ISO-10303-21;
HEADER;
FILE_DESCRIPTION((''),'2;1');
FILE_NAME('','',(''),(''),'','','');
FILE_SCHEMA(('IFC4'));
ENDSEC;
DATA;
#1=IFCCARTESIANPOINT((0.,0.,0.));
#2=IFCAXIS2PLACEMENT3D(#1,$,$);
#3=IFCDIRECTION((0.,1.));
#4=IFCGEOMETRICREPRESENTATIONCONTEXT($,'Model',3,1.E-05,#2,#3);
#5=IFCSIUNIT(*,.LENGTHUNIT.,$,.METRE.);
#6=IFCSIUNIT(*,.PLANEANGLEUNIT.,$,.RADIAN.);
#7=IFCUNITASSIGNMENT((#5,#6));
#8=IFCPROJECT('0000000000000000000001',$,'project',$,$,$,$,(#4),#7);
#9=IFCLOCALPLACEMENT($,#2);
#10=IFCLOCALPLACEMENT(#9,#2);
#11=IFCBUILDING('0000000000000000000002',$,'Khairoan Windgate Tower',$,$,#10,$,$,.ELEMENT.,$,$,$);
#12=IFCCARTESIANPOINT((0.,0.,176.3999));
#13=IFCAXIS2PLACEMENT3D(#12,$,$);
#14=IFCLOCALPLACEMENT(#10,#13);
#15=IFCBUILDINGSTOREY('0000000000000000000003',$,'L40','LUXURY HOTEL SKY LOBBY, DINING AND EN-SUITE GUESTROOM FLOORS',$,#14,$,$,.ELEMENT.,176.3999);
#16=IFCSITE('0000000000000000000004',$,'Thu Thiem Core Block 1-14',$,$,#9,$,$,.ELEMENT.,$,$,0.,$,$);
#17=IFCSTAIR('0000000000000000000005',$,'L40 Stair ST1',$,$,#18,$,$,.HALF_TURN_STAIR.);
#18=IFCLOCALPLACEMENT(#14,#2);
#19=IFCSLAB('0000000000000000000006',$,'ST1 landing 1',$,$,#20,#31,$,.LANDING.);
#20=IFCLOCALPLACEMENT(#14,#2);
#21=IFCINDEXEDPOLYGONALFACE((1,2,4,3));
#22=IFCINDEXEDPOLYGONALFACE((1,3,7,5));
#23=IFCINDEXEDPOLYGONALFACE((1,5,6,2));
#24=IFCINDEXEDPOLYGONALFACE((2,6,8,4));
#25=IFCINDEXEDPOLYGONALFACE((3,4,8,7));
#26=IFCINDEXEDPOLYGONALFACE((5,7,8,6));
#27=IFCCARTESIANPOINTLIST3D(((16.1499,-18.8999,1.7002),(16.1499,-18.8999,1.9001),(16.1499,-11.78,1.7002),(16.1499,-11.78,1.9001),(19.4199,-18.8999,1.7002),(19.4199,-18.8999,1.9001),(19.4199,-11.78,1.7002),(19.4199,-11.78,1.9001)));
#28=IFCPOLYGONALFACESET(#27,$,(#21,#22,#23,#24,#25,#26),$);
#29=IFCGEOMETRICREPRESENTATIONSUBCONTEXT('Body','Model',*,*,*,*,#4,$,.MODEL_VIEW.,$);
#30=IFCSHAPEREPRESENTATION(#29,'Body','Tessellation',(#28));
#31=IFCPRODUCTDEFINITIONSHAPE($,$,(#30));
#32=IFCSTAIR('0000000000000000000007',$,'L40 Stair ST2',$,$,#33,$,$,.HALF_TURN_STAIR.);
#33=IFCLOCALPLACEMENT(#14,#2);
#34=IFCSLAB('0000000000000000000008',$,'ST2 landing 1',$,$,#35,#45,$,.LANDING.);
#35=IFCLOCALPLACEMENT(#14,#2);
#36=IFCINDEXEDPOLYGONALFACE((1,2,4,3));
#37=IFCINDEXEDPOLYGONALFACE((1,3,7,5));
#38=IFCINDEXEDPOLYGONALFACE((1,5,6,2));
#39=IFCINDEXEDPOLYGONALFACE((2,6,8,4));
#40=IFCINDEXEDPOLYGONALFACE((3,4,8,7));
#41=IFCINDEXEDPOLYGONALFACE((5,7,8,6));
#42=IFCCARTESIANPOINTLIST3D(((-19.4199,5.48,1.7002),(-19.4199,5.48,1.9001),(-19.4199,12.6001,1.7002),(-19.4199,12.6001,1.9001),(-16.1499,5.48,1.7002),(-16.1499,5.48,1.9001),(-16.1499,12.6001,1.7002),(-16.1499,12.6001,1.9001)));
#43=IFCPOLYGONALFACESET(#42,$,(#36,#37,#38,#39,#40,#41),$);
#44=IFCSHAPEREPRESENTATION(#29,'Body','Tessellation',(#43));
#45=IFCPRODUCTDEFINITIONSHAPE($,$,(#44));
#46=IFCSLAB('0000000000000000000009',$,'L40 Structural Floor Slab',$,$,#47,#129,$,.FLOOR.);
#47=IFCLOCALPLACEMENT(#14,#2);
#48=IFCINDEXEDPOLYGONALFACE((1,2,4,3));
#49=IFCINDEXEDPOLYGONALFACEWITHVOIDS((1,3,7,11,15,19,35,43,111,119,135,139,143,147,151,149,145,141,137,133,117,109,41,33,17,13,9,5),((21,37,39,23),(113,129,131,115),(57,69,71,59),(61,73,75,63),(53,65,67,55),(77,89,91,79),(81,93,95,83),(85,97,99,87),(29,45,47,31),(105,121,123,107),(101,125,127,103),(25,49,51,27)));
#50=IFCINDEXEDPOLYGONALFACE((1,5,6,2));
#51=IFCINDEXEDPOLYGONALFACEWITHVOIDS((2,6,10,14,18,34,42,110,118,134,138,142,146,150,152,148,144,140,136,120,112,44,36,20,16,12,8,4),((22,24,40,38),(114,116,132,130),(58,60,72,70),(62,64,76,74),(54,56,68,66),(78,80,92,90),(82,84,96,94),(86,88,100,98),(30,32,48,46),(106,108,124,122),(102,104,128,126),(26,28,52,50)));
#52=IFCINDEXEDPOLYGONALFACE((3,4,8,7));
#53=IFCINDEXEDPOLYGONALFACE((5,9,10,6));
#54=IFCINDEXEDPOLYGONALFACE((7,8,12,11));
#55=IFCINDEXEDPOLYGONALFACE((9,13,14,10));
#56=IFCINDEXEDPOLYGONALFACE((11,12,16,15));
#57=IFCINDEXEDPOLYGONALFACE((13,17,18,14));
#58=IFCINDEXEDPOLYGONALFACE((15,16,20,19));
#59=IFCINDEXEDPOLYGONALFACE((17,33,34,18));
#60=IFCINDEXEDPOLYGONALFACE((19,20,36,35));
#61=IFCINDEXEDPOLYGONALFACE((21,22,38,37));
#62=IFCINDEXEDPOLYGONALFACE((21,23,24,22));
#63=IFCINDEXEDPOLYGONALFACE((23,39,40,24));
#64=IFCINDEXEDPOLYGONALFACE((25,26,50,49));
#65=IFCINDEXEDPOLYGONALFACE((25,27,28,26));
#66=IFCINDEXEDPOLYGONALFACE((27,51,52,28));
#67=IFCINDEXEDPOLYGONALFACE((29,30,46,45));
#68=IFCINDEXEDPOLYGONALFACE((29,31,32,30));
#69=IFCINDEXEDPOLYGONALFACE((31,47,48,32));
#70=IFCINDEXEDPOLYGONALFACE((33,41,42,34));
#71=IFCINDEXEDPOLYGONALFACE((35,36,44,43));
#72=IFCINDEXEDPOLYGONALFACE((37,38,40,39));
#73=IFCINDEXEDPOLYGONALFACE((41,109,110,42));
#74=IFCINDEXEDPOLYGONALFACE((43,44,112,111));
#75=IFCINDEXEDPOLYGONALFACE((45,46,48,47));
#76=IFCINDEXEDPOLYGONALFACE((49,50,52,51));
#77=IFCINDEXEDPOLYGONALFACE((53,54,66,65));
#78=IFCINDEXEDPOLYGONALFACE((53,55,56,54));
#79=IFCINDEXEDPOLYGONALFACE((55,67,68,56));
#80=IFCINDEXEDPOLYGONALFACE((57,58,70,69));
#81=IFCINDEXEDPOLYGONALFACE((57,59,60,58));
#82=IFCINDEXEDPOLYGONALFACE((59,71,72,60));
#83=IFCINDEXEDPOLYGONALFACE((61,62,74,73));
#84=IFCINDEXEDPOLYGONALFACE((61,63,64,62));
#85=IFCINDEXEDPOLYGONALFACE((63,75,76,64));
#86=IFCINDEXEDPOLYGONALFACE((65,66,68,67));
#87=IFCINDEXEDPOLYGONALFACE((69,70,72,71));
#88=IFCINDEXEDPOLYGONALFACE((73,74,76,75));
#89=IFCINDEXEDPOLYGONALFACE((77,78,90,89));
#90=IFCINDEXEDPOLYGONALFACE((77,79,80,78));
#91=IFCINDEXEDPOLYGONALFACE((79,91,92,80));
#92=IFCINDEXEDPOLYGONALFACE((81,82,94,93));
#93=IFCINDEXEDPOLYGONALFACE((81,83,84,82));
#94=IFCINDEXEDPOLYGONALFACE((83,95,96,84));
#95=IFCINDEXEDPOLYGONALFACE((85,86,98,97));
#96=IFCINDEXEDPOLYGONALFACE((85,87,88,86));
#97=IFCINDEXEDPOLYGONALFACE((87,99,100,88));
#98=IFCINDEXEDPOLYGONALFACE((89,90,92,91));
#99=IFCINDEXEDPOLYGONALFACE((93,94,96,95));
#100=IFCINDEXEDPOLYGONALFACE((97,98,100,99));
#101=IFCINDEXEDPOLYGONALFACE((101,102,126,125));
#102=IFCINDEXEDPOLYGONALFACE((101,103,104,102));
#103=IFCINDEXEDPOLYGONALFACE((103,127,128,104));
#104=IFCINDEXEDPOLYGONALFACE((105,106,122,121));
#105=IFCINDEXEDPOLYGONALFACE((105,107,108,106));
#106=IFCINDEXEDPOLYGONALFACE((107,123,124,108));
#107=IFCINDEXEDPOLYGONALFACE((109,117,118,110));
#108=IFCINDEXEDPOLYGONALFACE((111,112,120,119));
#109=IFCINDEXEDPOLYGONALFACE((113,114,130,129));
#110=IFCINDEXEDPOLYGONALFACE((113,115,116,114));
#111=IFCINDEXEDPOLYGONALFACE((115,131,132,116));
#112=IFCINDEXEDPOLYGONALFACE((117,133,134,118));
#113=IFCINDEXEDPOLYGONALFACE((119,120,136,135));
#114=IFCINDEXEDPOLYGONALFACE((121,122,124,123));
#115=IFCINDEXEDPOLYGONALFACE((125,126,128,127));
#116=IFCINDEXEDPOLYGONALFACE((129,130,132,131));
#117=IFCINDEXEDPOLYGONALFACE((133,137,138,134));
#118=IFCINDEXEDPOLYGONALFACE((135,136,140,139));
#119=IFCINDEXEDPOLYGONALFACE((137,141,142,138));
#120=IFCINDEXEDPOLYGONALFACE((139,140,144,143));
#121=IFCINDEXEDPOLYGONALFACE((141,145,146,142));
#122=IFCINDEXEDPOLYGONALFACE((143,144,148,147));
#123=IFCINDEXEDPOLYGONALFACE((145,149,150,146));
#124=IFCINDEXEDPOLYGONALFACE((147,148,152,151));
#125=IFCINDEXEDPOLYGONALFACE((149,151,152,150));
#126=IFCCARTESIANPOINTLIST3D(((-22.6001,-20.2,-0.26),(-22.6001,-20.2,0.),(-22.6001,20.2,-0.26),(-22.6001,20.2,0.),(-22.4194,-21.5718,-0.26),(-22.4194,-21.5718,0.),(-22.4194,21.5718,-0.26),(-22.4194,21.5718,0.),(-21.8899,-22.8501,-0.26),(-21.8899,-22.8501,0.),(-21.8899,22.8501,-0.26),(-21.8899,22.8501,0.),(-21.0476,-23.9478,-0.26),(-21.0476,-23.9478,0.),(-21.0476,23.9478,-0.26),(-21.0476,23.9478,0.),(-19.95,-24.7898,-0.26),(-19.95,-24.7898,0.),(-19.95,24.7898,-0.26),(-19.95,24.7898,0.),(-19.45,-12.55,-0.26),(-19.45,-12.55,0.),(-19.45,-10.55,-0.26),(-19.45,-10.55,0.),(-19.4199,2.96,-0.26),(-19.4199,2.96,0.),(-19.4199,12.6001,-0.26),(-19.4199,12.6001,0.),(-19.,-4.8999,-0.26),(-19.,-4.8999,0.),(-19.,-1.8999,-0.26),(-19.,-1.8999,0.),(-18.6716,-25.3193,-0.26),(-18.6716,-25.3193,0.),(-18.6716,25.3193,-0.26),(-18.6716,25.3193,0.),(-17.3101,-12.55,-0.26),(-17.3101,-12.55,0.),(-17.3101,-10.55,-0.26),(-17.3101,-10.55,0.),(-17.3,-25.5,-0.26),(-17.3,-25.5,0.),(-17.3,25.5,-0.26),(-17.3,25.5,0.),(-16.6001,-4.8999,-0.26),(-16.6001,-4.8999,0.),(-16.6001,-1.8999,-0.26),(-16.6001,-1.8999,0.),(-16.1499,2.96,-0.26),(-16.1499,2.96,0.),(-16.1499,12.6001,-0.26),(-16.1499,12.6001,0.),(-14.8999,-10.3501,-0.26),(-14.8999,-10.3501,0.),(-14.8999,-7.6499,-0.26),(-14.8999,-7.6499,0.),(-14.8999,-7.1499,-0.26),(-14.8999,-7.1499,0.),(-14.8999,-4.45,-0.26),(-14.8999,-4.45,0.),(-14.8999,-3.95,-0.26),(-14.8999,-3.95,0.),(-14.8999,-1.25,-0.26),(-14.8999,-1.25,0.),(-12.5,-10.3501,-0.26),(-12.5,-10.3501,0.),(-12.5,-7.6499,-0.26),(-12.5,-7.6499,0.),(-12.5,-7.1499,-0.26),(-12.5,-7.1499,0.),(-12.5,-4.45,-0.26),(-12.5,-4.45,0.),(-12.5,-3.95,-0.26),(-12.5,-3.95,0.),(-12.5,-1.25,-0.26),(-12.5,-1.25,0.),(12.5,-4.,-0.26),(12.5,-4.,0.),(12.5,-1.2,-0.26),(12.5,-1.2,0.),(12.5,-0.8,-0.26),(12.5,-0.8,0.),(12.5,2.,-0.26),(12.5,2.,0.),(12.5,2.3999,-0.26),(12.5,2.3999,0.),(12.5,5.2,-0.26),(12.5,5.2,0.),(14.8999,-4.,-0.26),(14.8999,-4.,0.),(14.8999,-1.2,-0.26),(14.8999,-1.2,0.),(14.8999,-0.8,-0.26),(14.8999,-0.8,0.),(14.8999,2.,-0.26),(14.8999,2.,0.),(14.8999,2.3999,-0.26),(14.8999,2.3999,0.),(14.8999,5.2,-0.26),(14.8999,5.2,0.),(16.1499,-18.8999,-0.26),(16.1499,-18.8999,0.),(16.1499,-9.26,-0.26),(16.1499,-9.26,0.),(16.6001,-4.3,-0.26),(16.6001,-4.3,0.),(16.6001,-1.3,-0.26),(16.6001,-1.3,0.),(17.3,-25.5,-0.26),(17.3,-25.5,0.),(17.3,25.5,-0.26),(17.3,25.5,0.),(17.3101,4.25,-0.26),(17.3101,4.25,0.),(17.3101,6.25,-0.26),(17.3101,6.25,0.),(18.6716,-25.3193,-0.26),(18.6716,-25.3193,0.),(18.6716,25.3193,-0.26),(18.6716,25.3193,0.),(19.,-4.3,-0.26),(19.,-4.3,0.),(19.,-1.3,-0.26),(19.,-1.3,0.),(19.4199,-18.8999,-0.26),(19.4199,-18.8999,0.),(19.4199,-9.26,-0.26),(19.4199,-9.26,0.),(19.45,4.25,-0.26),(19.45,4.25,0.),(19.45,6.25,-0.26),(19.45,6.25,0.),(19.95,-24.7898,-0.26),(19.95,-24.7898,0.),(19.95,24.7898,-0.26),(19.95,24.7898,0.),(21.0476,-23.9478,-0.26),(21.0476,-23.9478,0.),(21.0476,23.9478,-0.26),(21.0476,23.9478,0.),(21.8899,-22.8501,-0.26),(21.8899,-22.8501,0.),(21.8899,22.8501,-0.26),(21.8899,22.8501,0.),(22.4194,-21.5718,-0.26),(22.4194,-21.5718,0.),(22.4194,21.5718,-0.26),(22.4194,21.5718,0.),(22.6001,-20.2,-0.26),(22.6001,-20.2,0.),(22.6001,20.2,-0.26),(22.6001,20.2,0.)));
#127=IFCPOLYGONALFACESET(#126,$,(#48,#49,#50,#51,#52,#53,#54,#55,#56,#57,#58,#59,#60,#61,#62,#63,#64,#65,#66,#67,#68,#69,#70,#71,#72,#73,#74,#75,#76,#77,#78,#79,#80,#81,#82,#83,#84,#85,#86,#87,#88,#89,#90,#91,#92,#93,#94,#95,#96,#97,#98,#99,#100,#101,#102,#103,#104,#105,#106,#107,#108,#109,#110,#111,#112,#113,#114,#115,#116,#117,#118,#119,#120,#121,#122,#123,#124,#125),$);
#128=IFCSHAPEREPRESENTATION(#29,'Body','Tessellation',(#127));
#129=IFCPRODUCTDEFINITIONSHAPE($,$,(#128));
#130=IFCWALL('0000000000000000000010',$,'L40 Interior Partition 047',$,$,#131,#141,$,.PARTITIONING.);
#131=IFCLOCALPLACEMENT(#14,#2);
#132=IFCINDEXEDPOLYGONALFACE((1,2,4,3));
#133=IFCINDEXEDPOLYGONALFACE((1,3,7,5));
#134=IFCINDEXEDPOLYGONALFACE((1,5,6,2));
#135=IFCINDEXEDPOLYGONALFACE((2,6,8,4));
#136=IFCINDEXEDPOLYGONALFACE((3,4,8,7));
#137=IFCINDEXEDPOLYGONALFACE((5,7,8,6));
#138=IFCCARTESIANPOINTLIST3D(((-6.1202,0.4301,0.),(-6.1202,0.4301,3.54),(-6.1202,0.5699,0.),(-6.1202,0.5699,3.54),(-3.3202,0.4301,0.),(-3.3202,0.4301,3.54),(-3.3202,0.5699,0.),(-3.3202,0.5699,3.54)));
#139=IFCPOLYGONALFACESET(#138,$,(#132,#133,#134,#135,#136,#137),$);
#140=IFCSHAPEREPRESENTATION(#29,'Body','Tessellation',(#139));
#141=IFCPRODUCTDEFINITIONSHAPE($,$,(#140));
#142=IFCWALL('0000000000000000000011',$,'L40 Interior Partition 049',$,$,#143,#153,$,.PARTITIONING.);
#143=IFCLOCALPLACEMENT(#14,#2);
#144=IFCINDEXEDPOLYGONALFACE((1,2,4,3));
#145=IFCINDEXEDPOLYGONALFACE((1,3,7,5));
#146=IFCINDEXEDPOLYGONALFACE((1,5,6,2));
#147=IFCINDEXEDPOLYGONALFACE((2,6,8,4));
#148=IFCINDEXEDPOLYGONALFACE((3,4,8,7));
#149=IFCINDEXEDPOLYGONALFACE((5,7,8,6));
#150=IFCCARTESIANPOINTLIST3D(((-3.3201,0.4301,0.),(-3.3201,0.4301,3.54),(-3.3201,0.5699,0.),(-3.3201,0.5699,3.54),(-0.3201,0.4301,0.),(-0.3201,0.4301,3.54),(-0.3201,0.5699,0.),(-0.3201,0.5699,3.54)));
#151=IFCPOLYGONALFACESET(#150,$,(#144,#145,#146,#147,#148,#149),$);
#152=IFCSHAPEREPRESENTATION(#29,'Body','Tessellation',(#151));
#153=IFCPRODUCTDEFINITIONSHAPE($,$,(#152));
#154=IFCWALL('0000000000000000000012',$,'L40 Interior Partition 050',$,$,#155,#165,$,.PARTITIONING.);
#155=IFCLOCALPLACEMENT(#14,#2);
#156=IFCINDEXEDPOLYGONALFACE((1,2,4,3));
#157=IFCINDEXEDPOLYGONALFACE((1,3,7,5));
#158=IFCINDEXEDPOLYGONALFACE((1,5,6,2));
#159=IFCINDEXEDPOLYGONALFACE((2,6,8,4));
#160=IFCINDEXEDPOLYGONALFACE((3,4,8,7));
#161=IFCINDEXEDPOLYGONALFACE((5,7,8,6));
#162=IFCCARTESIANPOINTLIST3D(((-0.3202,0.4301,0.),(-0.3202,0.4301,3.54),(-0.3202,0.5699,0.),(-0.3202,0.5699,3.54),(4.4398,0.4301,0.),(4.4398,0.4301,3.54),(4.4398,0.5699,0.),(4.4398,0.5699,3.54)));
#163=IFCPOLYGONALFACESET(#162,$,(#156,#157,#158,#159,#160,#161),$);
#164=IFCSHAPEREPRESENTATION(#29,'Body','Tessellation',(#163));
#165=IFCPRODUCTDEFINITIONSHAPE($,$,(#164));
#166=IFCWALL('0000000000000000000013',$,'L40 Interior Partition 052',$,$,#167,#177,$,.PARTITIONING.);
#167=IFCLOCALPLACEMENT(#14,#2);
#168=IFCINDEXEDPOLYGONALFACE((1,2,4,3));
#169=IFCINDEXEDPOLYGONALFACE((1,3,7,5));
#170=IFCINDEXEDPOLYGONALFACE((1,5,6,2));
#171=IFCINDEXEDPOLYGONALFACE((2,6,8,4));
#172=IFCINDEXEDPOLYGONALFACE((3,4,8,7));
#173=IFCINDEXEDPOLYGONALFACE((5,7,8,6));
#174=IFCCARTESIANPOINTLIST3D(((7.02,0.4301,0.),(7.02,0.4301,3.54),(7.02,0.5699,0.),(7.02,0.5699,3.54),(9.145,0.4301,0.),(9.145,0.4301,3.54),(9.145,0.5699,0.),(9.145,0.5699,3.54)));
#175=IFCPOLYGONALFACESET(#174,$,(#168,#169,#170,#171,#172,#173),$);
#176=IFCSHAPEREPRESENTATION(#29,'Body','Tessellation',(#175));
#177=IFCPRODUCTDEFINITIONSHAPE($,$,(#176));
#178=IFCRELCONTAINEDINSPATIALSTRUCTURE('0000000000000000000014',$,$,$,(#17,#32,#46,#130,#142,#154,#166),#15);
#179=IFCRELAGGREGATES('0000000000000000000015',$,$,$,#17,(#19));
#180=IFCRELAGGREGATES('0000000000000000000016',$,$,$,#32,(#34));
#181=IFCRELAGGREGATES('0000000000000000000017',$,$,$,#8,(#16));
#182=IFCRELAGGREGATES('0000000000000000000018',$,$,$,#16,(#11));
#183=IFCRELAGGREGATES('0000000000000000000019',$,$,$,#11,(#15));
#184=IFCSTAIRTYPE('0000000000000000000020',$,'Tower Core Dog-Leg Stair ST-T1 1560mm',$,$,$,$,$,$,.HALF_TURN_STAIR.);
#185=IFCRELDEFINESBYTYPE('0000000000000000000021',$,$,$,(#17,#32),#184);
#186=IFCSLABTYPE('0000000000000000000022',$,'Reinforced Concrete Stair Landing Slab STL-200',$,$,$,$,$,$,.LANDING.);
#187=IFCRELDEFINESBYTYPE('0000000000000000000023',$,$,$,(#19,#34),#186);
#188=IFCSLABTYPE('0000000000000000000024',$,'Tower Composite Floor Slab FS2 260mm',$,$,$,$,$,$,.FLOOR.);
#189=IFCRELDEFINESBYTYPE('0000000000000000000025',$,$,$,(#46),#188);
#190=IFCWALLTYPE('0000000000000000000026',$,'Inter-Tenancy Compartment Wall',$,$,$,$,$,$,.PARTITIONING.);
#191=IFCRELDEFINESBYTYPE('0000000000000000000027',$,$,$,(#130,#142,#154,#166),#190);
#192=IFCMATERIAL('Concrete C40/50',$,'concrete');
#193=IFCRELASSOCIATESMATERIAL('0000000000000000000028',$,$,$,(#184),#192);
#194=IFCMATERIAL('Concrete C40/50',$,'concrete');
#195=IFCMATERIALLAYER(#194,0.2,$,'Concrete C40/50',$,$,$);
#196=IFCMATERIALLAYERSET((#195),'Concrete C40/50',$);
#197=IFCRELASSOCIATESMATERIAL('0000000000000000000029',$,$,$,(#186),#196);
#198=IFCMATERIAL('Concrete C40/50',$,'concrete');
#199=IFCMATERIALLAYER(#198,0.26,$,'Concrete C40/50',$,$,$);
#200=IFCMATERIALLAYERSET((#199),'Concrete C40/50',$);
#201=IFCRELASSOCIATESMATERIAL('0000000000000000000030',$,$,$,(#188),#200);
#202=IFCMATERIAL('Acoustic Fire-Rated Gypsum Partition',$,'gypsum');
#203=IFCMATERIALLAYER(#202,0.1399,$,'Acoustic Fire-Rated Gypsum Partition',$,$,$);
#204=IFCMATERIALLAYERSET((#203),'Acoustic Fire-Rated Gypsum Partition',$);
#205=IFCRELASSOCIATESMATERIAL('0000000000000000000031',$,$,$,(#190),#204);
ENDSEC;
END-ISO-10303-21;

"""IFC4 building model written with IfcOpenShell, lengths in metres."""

from ifc_helpers import new_model, si_unit, direction, frame, frame_2d, origin, place, context, subcontext, project, spatial, polyline, rectangle, outline, extrude, material, layer, layer_set, type_object, element, aggregate, save


model = new_model("IFC4")

# Units and contexts
model_context = context("Model", 3, precision=1e-05, world=origin(), true_north=direction((0.0, 1.0)))
body_context = subcontext(model_context, "Body", "Model", "MODEL_VIEW")
ifc_project = project(units=[si_unit("LENGTHUNIT", "METRE"), si_unit("PLANEANGLEUNIT", "RADIAN")], contexts=[model_context])

# Site, building, storey
site_placement = place(None, origin())
site = spatial("IfcSite", under=ifc_project, at=site_placement, Name="Thu Thiem Core Block 1-14", CompositionType="ELEMENT", RefElevation=0.0)
building_placement = place(site_placement, origin())
building = spatial("IfcBuilding", under=site, at=building_placement, Name="Khairoan Windgate Tower", CompositionType="ELEMENT")
storey_placement = place(building_placement, frame((0.0, 0.0, 176.3999)))
storey = spatial("IfcBuildingStorey", under=building, at=storey_placement, Name="L40", Description="LUXURY HOTEL SKY LOBBY, DINING AND EN-SUITE GUESTROOM FLOORS", CompositionType="ELEMENT", Elevation=176.3999)

# Stairs, slabs
ifc_material_1 = material(Name="Concrete C40/50", Category="concrete")
stair_type = type_object("IfcStairType", Name="Tower Core Dog-Leg Stair ST-T1 1560mm", PredefinedType="HALF_TURN_STAIR", material=ifc_material_1)
stair_1_placement = place(storey_placement, origin())
stair_1 = element("IfcStair", 1, at=stair_1_placement, inside=storey, type_object=stair_type, Name="L40 Stair ST1", PredefinedType="HALF_TURN_STAIR")
ifc_material_2 = material(Name="Concrete C40/50", Category="concrete")
ifc_layer_1 = layer(ifc_material_2, 0.2, Name="Concrete C40/50")
ifc_layer_set_1 = layer_set([ifc_layer_1], Name="Concrete C40/50")
slab_type_1 = type_object("IfcSlabType", Name="Reinforced Concrete Stair Landing Slab STL-200", PredefinedType="LANDING", material=ifc_layer_set_1)
slab_1_placement = place(storey_placement, frame((0.0, 0.0, 1.7002)))
slab_1 = element("IfcSlab", 2, at=slab_1_placement, type_object=slab_type_1, Name="ST1 landing 1", PredefinedType="LANDING", context=body_context, shape_type="SweptSolid", body=[
    extrude(outline(polyline([(16.1499, -11.78), (16.1499, -18.8999), (19.4199, -18.8999), (19.4199, -11.78), (16.1499, -11.78)])), origin(), (0.0, 0.0, 1.0), 0.2),
])
aggregate(stair_1, [slab_1])
stair_2_placement = place(storey_placement, origin())
stair_2 = element("IfcStair", 3, at=stair_2_placement, inside=storey, type_object=stair_type, Name="L40 Stair ST2", PredefinedType="HALF_TURN_STAIR")
slab_2_placement = place(storey_placement, frame((0.0, 0.0, 1.7002)))
slab_2 = element("IfcSlab", 4, at=slab_2_placement, type_object=slab_type_1, Name="ST2 landing 1", PredefinedType="LANDING", context=body_context, shape_type="SweptSolid", body=[
    extrude(outline(polyline([(-16.1499, 5.48), (-16.1499, 12.6001), (-19.4199, 12.6001), (-19.4199, 5.48), (-16.1499, 5.48)])), origin(), (0.0, 0.0, 1.0), 0.2),
])
aggregate(stair_2, [slab_2])

# Slab
ifc_material_3 = material(Name="Concrete C40/50", Category="concrete")
ifc_layer_2 = layer(ifc_material_3, 0.26, Name="Concrete C40/50")
ifc_layer_set_2 = layer_set([ifc_layer_2], Name="Concrete C40/50")
slab_type_2 = type_object("IfcSlabType", Name="Tower Composite Floor Slab FS2 260mm", PredefinedType="FLOOR", material=ifc_layer_set_2)
slab_3_placement = place(storey_placement, frame((0.0, 0.0, -0.26)))
element("IfcSlab", 5, at=slab_3_placement, inside=storey, type_object=slab_type_2, Name="L40 Structural Floor Slab", PredefinedType="FLOOR", context=body_context, shape_type="SweptSolid", body=[
    extrude(outline(polyline([(17.3, -25.5), (18.6716, -25.3193), (19.95, -24.7898), (21.0476, -23.9478), (21.8899, -22.8501), (22.4194, -21.5718), (22.6001, -20.2), (22.6001, 20.2), (22.4194, 21.5718), (21.8899, 22.8501), (21.0476, 23.9478), (19.95, 24.7898), (18.6716, 25.3193), (17.3, 25.5), (-17.3, 25.5), (-18.6716, 25.3193), (-19.95, 24.7898), (-21.0476, 23.9478), (-21.8899, 22.8501), (-22.4194, 21.5718), (-22.6001, 20.2), (-22.6001, -20.2), (-22.4194, -21.5718), (-21.8899, -22.8501), (-21.0476, -23.9478), (-19.95, -24.7898), (-18.6716, -25.3193), (-17.3, -25.5), (17.3, -25.5)]), holes=[polyline([(16.1499, -9.26), (16.1499, -18.8999), (19.4199, -18.8999), (19.4199, -9.26), (16.1499, -9.26)]), polyline([(-16.1499, 2.96), (-16.1499, 12.6001), (-19.4199, 12.6001), (-19.4199, 2.96), (-16.1499, 2.96)]), polyline([(-14.8999, -3.95), (-12.5, -3.95), (-12.5, -1.25), (-14.8999, -1.25), (-14.8999, -3.95)]), polyline([(-14.8999, -7.1499), (-12.5, -7.1499), (-12.5, -4.45), (-14.8999, -4.45), (-14.8999, -7.1499)]), polyline([(-14.8999, -10.3501), (-12.5, -10.3501), (-12.5, -7.6499), (-14.8999, -7.6499), (-14.8999, -10.3501)]), polyline([(12.5, 2.3999), (14.8999, 2.3999), (14.8999, 5.2), (12.5, 5.2), (12.5, 2.3999)]), polyline([(12.5, -0.8), (14.8999, -0.8), (14.8999, 2.0), (12.5, 2.0), (12.5, -0.8)]), polyline([(12.5, -4.0), (14.8999, -4.0), (14.8999, -1.2), (12.5, -1.2), (12.5, -4.0)]), polyline([(16.6001, -4.3), (19.0, -4.3), (19.0, -1.3), (16.6001, -1.3), (16.6001, -4.3)]), polyline([(-19.0, -4.8999), (-16.6001, -4.8999), (-16.6001, -1.8999), (-19.0, -1.8999), (-19.0, -4.8999)]), polyline([(-19.45, -12.55), (-17.3101, -12.55), (-17.3101, -10.55), (-19.45, -10.55), (-19.45, -12.55)]), polyline([(17.3101, 4.25), (19.45, 4.25), (19.45, 6.25), (17.3101, 6.25), (17.3101, 4.25)])]), origin(), (0.0, 0.0, 1.0), 0.26),
])

# Walls
ifc_material_4 = material(Name="Acoustic Fire-Rated Gypsum Partition", Category="gypsum")
ifc_layer_3 = layer(ifc_material_4, 0.1399, Name="Acoustic Fire-Rated Gypsum Partition")
ifc_layer_set_3 = layer_set([ifc_layer_3], Name="Acoustic Fire-Rated Gypsum Partition")
wall_type_1 = type_object("IfcWallType", Name="Inter-Tenancy Compartment Wall", PredefinedType="PARTITIONING", material=ifc_layer_set_3)
wall_1_placement = place(storey_placement, frame((-6.1201, 0.5, 0.0), z_axis=(0.0, 0.0, 1.0), x_axis=(1.0, 0.0, 0.0)))
element("IfcWall", 6, at=wall_1_placement, inside=storey, type_object=wall_type_1, Name="L40 Interior Partition 047", PredefinedType="PARTITIONING", context=body_context, shape_type="SweptSolid", body=[
    extrude(rectangle(XDim=2.8, YDim=0.1399, at=frame_2d((1.3999, 0.0))), origin(), (0.0, 0.0, 1.0), 3.54),
])
wall_2_placement = place(storey_placement, frame((-3.3201, 0.5, 0.0), z_axis=(0.0, 0.0, 1.0), x_axis=(1.0, 0.0, 0.0)))
element("IfcWall", 7, at=wall_2_placement, inside=storey, type_object=wall_type_1, Name="L40 Interior Partition 049", PredefinedType="PARTITIONING", context=body_context, shape_type="SweptSolid", body=[
    extrude(rectangle(XDim=3.0, YDim=0.1399, at=frame_2d((1.5, 0.0))), origin(), (0.0, 0.0, 1.0), 3.54),
])
wall_3_placement = place(storey_placement, frame((-0.3201, 0.5, 0.0), z_axis=(0.0, 0.0, 1.0), x_axis=(1.0, 0.0, 0.0)))
element("IfcWall", 8, at=wall_3_placement, inside=storey, type_object=wall_type_1, Name="L40 Interior Partition 050", PredefinedType="PARTITIONING", context=body_context, shape_type="SweptSolid", body=[
    extrude(rectangle(XDim=4.76, YDim=0.1399, at=frame_2d((2.3799, 0.0))), origin(), (0.0, 0.0, 1.0), 3.54),
])
wall_4_placement = place(storey_placement, frame((7.02, 0.5, 0.0), z_axis=(0.0, 0.0, 1.0), x_axis=(1.0, 0.0, 0.0)))
element("IfcWall", 9, at=wall_4_placement, inside=storey, type_object=wall_type_1, Name="L40 Interior Partition 052", PredefinedType="PARTITIONING", context=body_context, shape_type="SweptSolid", body=[
    extrude(rectangle(XDim=2.125, YDim=0.1399, at=frame_2d((1.0625, 0.0))), origin(), (0.0, 0.0, 1.0), 3.54),
])

save(model, "model.ifc")
